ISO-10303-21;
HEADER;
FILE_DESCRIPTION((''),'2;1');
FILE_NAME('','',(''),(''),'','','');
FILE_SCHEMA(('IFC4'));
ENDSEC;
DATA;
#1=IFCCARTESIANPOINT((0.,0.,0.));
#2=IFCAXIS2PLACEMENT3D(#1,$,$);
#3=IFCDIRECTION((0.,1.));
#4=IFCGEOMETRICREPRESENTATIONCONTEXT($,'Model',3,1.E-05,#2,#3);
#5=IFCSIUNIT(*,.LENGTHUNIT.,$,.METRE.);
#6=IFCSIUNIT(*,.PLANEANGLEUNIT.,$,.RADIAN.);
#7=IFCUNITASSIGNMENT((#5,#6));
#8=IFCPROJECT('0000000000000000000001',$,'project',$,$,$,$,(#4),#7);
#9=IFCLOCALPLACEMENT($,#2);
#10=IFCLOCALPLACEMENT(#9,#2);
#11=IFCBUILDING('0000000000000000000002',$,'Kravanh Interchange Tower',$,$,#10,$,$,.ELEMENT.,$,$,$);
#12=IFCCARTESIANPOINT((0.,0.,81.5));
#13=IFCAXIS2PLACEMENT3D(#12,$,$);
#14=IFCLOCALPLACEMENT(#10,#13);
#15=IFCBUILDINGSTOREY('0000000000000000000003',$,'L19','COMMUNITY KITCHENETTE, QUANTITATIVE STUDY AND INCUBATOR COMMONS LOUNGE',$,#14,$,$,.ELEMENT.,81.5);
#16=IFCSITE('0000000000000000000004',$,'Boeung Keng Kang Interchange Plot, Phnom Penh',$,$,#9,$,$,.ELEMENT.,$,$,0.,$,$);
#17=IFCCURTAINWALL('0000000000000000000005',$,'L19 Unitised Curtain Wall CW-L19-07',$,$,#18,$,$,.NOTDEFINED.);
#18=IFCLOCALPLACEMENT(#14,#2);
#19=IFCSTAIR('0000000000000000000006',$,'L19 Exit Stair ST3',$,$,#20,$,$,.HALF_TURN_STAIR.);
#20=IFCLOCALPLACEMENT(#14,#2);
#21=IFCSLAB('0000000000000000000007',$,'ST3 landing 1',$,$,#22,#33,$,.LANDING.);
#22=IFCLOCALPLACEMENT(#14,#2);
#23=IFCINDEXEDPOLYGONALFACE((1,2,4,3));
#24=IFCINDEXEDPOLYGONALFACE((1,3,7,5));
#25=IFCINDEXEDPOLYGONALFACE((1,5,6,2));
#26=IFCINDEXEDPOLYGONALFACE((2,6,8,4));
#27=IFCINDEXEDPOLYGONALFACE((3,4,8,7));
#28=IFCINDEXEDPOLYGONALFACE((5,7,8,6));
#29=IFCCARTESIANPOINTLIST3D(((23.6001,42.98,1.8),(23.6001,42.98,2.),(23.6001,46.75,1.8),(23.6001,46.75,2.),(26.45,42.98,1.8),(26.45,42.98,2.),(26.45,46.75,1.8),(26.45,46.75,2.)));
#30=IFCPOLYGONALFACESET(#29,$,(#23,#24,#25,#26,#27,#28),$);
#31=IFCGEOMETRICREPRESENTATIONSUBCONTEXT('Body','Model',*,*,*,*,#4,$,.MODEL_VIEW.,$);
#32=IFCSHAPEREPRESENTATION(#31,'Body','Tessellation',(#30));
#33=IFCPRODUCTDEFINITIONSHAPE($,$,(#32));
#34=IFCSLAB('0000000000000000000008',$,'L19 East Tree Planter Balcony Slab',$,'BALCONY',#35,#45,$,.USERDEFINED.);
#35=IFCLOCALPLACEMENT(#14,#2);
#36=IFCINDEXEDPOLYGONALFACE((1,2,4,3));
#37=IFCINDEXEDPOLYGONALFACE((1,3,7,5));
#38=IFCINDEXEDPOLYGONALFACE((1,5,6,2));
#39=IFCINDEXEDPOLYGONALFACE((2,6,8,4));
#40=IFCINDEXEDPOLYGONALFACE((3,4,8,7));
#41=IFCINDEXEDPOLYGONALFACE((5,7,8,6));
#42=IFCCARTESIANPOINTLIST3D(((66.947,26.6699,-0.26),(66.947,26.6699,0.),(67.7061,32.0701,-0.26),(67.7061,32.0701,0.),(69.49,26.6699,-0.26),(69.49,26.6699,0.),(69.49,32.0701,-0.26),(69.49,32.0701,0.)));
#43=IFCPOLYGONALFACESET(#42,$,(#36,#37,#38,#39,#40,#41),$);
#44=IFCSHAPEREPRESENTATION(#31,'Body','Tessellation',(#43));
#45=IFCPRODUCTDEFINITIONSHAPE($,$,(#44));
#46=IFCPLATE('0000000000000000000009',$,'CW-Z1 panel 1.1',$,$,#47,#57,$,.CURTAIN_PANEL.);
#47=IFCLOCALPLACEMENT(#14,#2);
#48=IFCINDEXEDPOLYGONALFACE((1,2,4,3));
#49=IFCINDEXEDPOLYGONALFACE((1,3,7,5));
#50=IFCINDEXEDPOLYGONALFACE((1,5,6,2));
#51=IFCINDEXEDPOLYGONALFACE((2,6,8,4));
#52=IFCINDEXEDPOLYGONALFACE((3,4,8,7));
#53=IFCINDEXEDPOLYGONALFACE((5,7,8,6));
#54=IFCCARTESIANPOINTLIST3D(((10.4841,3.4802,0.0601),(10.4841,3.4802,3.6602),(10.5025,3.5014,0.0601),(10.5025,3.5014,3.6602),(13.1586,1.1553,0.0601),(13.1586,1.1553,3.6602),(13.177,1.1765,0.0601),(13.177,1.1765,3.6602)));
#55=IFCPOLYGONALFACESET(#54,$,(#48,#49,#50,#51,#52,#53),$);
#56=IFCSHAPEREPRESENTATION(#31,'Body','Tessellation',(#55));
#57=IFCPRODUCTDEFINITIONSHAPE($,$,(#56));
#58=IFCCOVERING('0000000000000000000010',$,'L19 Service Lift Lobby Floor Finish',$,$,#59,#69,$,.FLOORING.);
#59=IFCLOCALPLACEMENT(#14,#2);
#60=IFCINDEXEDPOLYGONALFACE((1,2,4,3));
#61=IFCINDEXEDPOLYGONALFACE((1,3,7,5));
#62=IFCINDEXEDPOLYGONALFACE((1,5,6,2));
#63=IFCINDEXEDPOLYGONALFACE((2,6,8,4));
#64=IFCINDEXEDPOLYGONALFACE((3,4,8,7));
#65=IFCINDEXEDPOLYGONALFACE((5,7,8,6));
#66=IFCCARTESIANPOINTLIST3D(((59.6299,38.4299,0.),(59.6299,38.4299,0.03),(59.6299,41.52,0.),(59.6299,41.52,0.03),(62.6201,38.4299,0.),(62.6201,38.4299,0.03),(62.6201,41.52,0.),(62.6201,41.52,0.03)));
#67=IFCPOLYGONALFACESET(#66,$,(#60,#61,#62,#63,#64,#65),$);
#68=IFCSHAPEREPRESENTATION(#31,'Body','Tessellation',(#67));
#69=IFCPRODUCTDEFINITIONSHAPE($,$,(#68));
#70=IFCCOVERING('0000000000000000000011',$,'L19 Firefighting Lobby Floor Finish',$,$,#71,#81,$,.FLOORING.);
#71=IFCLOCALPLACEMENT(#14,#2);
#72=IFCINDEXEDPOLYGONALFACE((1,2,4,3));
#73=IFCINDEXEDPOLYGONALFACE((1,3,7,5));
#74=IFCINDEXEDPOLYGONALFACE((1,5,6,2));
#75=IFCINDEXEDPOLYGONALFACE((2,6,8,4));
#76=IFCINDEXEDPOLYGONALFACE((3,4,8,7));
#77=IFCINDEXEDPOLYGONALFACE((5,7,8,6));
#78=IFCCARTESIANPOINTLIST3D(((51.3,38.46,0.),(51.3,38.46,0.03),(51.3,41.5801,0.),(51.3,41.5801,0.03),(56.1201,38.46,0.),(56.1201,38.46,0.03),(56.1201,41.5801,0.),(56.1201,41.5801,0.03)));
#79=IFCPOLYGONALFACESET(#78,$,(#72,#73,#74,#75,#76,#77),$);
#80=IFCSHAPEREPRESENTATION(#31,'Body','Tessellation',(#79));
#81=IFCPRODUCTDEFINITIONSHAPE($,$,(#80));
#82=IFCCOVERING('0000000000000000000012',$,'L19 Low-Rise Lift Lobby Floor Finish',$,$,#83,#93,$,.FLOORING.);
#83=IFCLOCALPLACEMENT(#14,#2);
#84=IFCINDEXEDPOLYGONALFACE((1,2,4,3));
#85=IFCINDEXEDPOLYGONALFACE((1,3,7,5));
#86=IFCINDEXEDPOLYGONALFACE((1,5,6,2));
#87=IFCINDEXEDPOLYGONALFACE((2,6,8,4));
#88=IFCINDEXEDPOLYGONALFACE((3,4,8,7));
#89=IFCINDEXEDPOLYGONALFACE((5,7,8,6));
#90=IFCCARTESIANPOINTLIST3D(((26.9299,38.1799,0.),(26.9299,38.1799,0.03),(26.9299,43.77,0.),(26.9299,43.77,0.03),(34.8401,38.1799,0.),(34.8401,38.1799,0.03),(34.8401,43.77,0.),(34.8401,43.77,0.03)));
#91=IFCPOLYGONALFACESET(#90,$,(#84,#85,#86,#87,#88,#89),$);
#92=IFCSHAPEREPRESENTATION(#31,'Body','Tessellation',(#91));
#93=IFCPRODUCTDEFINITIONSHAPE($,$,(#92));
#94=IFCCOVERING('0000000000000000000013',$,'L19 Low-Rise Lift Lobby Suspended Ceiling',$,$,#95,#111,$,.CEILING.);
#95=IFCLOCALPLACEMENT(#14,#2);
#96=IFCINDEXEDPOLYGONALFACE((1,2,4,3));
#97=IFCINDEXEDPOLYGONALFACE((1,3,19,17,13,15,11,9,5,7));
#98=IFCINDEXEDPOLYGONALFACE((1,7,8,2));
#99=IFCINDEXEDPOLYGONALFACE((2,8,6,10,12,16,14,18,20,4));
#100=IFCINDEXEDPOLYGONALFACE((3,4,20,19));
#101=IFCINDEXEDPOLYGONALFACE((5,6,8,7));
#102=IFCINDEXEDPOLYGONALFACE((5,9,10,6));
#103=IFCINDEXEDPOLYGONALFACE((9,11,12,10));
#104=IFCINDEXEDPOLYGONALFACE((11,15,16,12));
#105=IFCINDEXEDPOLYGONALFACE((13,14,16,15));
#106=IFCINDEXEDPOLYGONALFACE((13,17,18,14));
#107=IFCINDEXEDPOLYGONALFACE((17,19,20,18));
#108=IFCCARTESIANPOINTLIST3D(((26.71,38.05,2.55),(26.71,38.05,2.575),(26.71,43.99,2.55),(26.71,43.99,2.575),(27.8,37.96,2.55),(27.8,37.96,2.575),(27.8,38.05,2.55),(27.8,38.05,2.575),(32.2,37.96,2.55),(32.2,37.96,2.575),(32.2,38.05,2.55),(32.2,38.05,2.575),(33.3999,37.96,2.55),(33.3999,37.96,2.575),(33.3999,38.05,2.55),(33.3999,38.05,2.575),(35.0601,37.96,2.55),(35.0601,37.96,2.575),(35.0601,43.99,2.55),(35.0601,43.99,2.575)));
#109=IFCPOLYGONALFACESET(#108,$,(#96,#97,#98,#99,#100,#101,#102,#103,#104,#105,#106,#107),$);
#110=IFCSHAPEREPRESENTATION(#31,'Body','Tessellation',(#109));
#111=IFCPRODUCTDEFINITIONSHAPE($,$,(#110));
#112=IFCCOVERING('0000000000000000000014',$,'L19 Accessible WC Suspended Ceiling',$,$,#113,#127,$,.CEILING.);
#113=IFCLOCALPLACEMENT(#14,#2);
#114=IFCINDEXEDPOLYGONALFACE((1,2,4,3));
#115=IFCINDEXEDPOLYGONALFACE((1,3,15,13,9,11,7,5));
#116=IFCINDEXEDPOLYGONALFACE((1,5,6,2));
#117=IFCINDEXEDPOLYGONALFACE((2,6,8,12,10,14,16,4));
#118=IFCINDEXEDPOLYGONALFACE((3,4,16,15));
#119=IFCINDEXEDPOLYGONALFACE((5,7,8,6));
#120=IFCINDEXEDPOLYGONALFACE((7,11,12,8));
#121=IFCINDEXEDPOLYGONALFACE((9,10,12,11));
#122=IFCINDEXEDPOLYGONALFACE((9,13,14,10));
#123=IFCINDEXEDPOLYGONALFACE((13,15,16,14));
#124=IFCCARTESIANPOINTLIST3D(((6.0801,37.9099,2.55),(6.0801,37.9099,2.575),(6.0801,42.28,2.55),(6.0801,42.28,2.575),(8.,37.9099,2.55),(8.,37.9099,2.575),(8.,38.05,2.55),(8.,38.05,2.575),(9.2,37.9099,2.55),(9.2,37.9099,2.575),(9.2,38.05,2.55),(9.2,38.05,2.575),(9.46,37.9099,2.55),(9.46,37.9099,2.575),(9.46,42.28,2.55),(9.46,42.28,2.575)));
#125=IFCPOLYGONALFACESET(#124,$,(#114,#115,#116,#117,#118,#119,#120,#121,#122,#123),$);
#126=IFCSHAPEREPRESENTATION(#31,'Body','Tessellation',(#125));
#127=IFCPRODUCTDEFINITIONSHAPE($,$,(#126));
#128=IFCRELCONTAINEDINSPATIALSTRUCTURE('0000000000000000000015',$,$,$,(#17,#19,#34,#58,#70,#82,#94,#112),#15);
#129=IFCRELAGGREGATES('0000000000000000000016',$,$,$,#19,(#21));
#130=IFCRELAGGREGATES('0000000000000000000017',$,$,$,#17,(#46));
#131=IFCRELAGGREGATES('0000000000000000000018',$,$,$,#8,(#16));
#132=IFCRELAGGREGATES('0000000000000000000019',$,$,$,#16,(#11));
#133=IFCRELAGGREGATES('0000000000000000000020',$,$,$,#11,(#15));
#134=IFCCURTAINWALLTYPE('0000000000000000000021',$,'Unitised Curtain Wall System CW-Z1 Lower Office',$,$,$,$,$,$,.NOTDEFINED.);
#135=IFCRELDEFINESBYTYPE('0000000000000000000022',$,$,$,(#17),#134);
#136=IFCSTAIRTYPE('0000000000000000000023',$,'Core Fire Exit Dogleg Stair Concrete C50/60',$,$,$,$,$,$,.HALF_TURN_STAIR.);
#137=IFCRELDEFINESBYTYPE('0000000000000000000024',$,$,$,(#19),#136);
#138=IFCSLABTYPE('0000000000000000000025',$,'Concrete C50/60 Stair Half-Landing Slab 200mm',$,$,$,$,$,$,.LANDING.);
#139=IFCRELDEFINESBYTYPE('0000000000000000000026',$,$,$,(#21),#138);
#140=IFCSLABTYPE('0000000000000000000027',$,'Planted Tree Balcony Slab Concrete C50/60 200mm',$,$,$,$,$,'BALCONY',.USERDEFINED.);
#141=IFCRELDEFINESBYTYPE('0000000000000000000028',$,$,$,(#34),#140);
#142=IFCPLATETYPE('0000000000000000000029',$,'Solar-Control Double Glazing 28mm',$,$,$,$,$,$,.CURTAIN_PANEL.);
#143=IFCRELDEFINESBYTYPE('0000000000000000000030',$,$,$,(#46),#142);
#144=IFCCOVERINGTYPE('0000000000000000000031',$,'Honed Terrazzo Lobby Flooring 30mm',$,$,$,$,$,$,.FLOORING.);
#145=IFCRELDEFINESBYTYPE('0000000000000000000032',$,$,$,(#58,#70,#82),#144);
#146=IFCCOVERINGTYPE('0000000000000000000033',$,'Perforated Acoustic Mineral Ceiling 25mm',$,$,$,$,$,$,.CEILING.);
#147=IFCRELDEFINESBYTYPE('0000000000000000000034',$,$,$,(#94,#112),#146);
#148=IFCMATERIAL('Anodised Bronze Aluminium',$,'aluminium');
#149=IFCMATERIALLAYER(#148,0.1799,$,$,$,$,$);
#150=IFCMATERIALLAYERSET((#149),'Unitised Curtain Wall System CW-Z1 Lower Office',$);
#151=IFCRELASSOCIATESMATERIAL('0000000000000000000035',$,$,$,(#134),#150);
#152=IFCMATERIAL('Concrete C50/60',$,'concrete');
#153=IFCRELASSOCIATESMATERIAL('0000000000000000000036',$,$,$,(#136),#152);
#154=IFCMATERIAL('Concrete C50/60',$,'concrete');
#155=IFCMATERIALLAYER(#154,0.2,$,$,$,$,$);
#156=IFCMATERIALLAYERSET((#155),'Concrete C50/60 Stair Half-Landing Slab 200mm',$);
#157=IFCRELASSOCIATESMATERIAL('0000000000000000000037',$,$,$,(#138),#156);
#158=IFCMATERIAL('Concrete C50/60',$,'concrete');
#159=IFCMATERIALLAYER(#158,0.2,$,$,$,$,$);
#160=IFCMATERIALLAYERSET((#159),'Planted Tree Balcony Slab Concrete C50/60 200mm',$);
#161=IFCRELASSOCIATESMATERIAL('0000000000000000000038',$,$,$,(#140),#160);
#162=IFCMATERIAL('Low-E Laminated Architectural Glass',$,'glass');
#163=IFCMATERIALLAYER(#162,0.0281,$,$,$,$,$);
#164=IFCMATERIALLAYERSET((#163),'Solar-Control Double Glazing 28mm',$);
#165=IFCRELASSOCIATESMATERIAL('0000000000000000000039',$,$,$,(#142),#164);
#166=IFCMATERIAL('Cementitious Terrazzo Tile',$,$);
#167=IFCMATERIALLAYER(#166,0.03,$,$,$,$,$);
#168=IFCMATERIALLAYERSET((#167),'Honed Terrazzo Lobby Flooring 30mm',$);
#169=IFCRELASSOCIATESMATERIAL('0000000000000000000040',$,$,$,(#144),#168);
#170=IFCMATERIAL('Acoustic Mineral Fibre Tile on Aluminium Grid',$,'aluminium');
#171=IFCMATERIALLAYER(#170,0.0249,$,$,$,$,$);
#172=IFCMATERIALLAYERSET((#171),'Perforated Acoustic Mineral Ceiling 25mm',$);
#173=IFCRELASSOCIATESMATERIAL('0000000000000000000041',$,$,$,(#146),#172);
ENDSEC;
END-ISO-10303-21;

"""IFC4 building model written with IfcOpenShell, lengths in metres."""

from ifc_helpers import new_model, si_unit, direction, frame, origin, origin_2d, place, context, subcontext, project, spatial, polyline, rectangle, outline, extrude, material, layer, layer_set, type_object, element, aggregate, save


model = new_model("IFC4")

# Units and contexts
model_context = context("Model", 3, precision=1e-05, world=origin(), true_north=direction((0.0, 1.0)))
body_context = subcontext(model_context, "Body", "Model", "MODEL_VIEW")
ifc_project = project(units=[si_unit("LENGTHUNIT", "METRE"), si_unit("PLANEANGLEUNIT", "RADIAN")], contexts=[model_context])

# Site, building, storey
site_placement = place(None, origin())
site = spatial("IfcSite", under=ifc_project, at=site_placement, Name="Boeung Keng Kang Interchange Plot, Phnom Penh", CompositionType="ELEMENT", RefElevation=0.0)
building_placement = place(site_placement, origin())
building = spatial("IfcBuilding", under=site, at=building_placement, Name="Kravanh Interchange Tower", CompositionType="ELEMENT")
storey_placement = place(building_placement, frame((0.0, 0.0, 81.5)))
storey = spatial("IfcBuildingStorey", under=building, at=storey_placement, Name="L19", Description="COMMUNITY KITCHENETTE, QUANTITATIVE STUDY AND INCUBATOR COMMONS LOUNGE", CompositionType="ELEMENT", Elevation=81.5)

# Shared definitions
ifc_material_1 = material(Name="Anodised Bronze Aluminium", Category="aluminium")
ifc_layer_1 = layer(ifc_material_1, 0.1799)
ifc_layer_set_1 = layer_set([ifc_layer_1], Name="Unitised Curtain Wall System CW-Z1 Lower Office")
curtain_wall_type = type_object("IfcCurtainWallType", Name="Unitised Curtain Wall System CW-Z1 Lower Office", PredefinedType="NOTDEFINED", material=ifc_layer_set_1)

# Curtain wall
curtain_wall_1_placement = place(storey_placement, origin())
curtain_wall_1 = element("IfcCurtainWall", 1, at=curtain_wall_1_placement, inside=storey, type_object=curtain_wall_type, Name="L19 Unitised Curtain Wall CW-L19-07", PredefinedType="NOTDEFINED")

# Stair, slab
ifc_material_2 = material(Name="Concrete C50/60", Category="concrete")
stair_type = type_object("IfcStairType", Name="Core Fire Exit Dogleg Stair Concrete C50/60", PredefinedType="HALF_TURN_STAIR", material=ifc_material_2)
ifc_material_3 = material(Name="Concrete C50/60", Category="concrete")
ifc_layer_2 = layer(ifc_material_3, 0.2)
ifc_layer_set_2 = layer_set([ifc_layer_2], Name="Concrete C50/60 Stair Half-Landing Slab 200mm")
slab_type_1 = type_object("IfcSlabType", Name="Concrete C50/60 Stair Half-Landing Slab 200mm", PredefinedType="LANDING", material=ifc_layer_set_2)
stair_1_placement = place(storey_placement, origin())
stair_1 = element("IfcStair", 2, at=stair_1_placement, inside=storey, type_object=stair_type, Name="L19 Exit Stair ST3", PredefinedType="HALF_TURN_STAIR")
slab_1_placement = place(storey_placement, frame((0.0, 0.0, 1.8)))
slab_1 = element("IfcSlab", 3, at=slab_1_placement, type_object=slab_type_1, Name="ST3 landing 1", PredefinedType="LANDING", context=body_context, shape_type="SweptSolid", body=[
    extrude(outline(polyline([(26.45, 42.98), (26.45, 46.75), (23.6001, 46.75), (23.6001, 42.98), (26.45, 42.98)])), origin(), (0.0, 0.0, 1.0), 0.2),
])
aggregate(stair_1, [slab_1])

# Slab
ifc_material_4 = material(Name="Concrete C50/60", Category="concrete")
ifc_layer_3 = layer(ifc_material_4, 0.2)
ifc_layer_set_3 = layer_set([ifc_layer_3], Name="Planted Tree Balcony Slab Concrete C50/60 200mm")
slab_type_2 = type_object("IfcSlabType", Name="Planted Tree Balcony Slab Concrete C50/60 200mm", ElementType="BALCONY", PredefinedType="USERDEFINED", material=ifc_layer_set_3)
slab_2_placement = place(storey_placement, frame((0.0, 0.0, -0.26)))
element("IfcSlab", 4, at=slab_2_placement, inside=storey, type_object=slab_type_2, Name="L19 East Tree Planter Balcony Slab", ObjectType="BALCONY", PredefinedType="USERDEFINED", context=body_context, shape_type="SweptSolid", body=[
    extrude(outline(polyline([(69.49, 32.0701), (69.49, 26.6699), (66.947, 26.6699), (67.7061, 32.0701), (69.49, 32.0701)])), origin(), (0.0, 0.0, 1.0), 0.26),
])

# Plate
ifc_material_5 = material(Name="Low-E Laminated Architectural Glass", Category="glass")
ifc_layer_4 = layer(ifc_material_5, 0.0281)
ifc_layer_set_4 = layer_set([ifc_layer_4], Name="Solar-Control Double Glazing 28mm")
plate_type = type_object("IfcPlateType", Name="Solar-Control Double Glazing 28mm", PredefinedType="CURTAIN_PANEL", material=ifc_layer_set_4)
plate_placement = place(storey_placement, frame((11.8306, 2.3284, 0.0601), z_axis=(0.0, 0.0, 1.0), x_axis=(-0.754708, 0.65606, 0.0)))
plate = element("IfcPlate", 5, at=plate_placement, type_object=plate_type, Name="CW-Z1 panel 1.1", PredefinedType="CURTAIN_PANEL", context=body_context, shape_type="SweptSolid", body=[
    extrude(rectangle(XDim=3.5437, YDim=0.0281, at=origin_2d()), origin(), (0.0, 0.0, 1.0), 3.6001),
])
aggregate(curtain_wall_1, [plate])

# Coverings
ifc_material_6 = material(Name="Cementitious Terrazzo Tile")
ifc_layer_5 = layer(ifc_material_6, 0.03)
ifc_layer_set_5 = layer_set([ifc_layer_5], Name="Honed Terrazzo Lobby Flooring 30mm")
covering_type_1 = type_object("IfcCoveringType", Name="Honed Terrazzo Lobby Flooring 30mm", PredefinedType="FLOORING", material=ifc_layer_set_5)
covering_1_placement = place(storey_placement, origin())
element("IfcCovering", 6, at=covering_1_placement, inside=storey, type_object=covering_type_1, Name="L19 Service Lift Lobby Floor Finish", PredefinedType="FLOORING", context=body_context, shape_type="SweptSolid", body=[
    extrude(outline(polyline([(59.6299, 41.52), (62.6201, 41.52), (62.6201, 38.4299), (59.6299, 38.4299), (59.6299, 41.52)])), origin(), (0.0, 0.0, 1.0), 0.03),
])
covering_2_placement = place(storey_placement, origin())
element("IfcCovering", 7, at=covering_2_placement, inside=storey, type_object=covering_type_1, Name="L19 Firefighting Lobby Floor Finish", PredefinedType="FLOORING", context=body_context, shape_type="SweptSolid", body=[
    extrude(outline(polyline([(56.1201, 38.46), (51.3, 38.46), (51.3, 41.5801), (56.1201, 41.5801), (56.1201, 38.46)])), origin(), (0.0, 0.0, 1.0), 0.03),
])
covering_3_placement = place(storey_placement, origin())
element("IfcCovering", 8, at=covering_3_placement, inside=storey, type_object=covering_type_1, Name="L19 Low-Rise Lift Lobby Floor Finish", PredefinedType="FLOORING", context=body_context, shape_type="SweptSolid", body=[
    extrude(outline(polyline([(26.9299, 43.77), (34.8401, 43.77), (34.8401, 38.1799), (26.9299, 38.1799), (26.9299, 43.77)])), origin(), (0.0, 0.0, 1.0), 0.03),
])
ifc_material_7 = material(Name="Acoustic Mineral Fibre Tile on Aluminium Grid", Category="aluminium")
ifc_layer_6 = layer(ifc_material_7, 0.0249)
ifc_layer_set_6 = layer_set([ifc_layer_6], Name="Perforated Acoustic Mineral Ceiling 25mm")
covering_type_2 = type_object("IfcCoveringType", Name="Perforated Acoustic Mineral Ceiling 25mm", PredefinedType="CEILING", material=ifc_layer_set_6)
covering_4_placement = place(storey_placement, frame((0.0, 0.0, 2.55)))
element("IfcCovering", 9, at=covering_4_placement, inside=storey, type_object=covering_type_2, Name="L19 Low-Rise Lift Lobby Suspended Ceiling", PredefinedType="CEILING", context=body_context, shape_type="SweptSolid", body=[
    extrude(outline(polyline([(35.0601, 37.96), (33.3999, 37.96), (33.3999, 38.05), (32.2, 38.05), (32.2, 37.96), (27.8, 37.96), (27.8, 38.05), (26.71, 38.05), (26.71, 43.99), (35.0601, 43.99), (35.0601, 37.96)])), origin(), (0.0, 0.0, 1.0), 0.0249),
])
covering_5_placement = place(storey_placement, frame((0.0, 0.0, 2.55)))
element("IfcCovering", 10, at=covering_5_placement, inside=storey, type_object=covering_type_2, Name="L19 Accessible WC Suspended Ceiling", PredefinedType="CEILING", context=body_context, shape_type="SweptSolid", body=[
    extrude(outline(polyline([(9.46, 42.28), (9.46, 37.9099), (9.2, 37.9099), (9.2, 38.05), (8.0, 38.05), (8.0, 37.9099), (6.0801, 37.9099), (6.0801, 42.28), (9.46, 42.28)])), origin(), (0.0, 0.0, 1.0), 0.0249),
])

save(model, "model.ifc")
